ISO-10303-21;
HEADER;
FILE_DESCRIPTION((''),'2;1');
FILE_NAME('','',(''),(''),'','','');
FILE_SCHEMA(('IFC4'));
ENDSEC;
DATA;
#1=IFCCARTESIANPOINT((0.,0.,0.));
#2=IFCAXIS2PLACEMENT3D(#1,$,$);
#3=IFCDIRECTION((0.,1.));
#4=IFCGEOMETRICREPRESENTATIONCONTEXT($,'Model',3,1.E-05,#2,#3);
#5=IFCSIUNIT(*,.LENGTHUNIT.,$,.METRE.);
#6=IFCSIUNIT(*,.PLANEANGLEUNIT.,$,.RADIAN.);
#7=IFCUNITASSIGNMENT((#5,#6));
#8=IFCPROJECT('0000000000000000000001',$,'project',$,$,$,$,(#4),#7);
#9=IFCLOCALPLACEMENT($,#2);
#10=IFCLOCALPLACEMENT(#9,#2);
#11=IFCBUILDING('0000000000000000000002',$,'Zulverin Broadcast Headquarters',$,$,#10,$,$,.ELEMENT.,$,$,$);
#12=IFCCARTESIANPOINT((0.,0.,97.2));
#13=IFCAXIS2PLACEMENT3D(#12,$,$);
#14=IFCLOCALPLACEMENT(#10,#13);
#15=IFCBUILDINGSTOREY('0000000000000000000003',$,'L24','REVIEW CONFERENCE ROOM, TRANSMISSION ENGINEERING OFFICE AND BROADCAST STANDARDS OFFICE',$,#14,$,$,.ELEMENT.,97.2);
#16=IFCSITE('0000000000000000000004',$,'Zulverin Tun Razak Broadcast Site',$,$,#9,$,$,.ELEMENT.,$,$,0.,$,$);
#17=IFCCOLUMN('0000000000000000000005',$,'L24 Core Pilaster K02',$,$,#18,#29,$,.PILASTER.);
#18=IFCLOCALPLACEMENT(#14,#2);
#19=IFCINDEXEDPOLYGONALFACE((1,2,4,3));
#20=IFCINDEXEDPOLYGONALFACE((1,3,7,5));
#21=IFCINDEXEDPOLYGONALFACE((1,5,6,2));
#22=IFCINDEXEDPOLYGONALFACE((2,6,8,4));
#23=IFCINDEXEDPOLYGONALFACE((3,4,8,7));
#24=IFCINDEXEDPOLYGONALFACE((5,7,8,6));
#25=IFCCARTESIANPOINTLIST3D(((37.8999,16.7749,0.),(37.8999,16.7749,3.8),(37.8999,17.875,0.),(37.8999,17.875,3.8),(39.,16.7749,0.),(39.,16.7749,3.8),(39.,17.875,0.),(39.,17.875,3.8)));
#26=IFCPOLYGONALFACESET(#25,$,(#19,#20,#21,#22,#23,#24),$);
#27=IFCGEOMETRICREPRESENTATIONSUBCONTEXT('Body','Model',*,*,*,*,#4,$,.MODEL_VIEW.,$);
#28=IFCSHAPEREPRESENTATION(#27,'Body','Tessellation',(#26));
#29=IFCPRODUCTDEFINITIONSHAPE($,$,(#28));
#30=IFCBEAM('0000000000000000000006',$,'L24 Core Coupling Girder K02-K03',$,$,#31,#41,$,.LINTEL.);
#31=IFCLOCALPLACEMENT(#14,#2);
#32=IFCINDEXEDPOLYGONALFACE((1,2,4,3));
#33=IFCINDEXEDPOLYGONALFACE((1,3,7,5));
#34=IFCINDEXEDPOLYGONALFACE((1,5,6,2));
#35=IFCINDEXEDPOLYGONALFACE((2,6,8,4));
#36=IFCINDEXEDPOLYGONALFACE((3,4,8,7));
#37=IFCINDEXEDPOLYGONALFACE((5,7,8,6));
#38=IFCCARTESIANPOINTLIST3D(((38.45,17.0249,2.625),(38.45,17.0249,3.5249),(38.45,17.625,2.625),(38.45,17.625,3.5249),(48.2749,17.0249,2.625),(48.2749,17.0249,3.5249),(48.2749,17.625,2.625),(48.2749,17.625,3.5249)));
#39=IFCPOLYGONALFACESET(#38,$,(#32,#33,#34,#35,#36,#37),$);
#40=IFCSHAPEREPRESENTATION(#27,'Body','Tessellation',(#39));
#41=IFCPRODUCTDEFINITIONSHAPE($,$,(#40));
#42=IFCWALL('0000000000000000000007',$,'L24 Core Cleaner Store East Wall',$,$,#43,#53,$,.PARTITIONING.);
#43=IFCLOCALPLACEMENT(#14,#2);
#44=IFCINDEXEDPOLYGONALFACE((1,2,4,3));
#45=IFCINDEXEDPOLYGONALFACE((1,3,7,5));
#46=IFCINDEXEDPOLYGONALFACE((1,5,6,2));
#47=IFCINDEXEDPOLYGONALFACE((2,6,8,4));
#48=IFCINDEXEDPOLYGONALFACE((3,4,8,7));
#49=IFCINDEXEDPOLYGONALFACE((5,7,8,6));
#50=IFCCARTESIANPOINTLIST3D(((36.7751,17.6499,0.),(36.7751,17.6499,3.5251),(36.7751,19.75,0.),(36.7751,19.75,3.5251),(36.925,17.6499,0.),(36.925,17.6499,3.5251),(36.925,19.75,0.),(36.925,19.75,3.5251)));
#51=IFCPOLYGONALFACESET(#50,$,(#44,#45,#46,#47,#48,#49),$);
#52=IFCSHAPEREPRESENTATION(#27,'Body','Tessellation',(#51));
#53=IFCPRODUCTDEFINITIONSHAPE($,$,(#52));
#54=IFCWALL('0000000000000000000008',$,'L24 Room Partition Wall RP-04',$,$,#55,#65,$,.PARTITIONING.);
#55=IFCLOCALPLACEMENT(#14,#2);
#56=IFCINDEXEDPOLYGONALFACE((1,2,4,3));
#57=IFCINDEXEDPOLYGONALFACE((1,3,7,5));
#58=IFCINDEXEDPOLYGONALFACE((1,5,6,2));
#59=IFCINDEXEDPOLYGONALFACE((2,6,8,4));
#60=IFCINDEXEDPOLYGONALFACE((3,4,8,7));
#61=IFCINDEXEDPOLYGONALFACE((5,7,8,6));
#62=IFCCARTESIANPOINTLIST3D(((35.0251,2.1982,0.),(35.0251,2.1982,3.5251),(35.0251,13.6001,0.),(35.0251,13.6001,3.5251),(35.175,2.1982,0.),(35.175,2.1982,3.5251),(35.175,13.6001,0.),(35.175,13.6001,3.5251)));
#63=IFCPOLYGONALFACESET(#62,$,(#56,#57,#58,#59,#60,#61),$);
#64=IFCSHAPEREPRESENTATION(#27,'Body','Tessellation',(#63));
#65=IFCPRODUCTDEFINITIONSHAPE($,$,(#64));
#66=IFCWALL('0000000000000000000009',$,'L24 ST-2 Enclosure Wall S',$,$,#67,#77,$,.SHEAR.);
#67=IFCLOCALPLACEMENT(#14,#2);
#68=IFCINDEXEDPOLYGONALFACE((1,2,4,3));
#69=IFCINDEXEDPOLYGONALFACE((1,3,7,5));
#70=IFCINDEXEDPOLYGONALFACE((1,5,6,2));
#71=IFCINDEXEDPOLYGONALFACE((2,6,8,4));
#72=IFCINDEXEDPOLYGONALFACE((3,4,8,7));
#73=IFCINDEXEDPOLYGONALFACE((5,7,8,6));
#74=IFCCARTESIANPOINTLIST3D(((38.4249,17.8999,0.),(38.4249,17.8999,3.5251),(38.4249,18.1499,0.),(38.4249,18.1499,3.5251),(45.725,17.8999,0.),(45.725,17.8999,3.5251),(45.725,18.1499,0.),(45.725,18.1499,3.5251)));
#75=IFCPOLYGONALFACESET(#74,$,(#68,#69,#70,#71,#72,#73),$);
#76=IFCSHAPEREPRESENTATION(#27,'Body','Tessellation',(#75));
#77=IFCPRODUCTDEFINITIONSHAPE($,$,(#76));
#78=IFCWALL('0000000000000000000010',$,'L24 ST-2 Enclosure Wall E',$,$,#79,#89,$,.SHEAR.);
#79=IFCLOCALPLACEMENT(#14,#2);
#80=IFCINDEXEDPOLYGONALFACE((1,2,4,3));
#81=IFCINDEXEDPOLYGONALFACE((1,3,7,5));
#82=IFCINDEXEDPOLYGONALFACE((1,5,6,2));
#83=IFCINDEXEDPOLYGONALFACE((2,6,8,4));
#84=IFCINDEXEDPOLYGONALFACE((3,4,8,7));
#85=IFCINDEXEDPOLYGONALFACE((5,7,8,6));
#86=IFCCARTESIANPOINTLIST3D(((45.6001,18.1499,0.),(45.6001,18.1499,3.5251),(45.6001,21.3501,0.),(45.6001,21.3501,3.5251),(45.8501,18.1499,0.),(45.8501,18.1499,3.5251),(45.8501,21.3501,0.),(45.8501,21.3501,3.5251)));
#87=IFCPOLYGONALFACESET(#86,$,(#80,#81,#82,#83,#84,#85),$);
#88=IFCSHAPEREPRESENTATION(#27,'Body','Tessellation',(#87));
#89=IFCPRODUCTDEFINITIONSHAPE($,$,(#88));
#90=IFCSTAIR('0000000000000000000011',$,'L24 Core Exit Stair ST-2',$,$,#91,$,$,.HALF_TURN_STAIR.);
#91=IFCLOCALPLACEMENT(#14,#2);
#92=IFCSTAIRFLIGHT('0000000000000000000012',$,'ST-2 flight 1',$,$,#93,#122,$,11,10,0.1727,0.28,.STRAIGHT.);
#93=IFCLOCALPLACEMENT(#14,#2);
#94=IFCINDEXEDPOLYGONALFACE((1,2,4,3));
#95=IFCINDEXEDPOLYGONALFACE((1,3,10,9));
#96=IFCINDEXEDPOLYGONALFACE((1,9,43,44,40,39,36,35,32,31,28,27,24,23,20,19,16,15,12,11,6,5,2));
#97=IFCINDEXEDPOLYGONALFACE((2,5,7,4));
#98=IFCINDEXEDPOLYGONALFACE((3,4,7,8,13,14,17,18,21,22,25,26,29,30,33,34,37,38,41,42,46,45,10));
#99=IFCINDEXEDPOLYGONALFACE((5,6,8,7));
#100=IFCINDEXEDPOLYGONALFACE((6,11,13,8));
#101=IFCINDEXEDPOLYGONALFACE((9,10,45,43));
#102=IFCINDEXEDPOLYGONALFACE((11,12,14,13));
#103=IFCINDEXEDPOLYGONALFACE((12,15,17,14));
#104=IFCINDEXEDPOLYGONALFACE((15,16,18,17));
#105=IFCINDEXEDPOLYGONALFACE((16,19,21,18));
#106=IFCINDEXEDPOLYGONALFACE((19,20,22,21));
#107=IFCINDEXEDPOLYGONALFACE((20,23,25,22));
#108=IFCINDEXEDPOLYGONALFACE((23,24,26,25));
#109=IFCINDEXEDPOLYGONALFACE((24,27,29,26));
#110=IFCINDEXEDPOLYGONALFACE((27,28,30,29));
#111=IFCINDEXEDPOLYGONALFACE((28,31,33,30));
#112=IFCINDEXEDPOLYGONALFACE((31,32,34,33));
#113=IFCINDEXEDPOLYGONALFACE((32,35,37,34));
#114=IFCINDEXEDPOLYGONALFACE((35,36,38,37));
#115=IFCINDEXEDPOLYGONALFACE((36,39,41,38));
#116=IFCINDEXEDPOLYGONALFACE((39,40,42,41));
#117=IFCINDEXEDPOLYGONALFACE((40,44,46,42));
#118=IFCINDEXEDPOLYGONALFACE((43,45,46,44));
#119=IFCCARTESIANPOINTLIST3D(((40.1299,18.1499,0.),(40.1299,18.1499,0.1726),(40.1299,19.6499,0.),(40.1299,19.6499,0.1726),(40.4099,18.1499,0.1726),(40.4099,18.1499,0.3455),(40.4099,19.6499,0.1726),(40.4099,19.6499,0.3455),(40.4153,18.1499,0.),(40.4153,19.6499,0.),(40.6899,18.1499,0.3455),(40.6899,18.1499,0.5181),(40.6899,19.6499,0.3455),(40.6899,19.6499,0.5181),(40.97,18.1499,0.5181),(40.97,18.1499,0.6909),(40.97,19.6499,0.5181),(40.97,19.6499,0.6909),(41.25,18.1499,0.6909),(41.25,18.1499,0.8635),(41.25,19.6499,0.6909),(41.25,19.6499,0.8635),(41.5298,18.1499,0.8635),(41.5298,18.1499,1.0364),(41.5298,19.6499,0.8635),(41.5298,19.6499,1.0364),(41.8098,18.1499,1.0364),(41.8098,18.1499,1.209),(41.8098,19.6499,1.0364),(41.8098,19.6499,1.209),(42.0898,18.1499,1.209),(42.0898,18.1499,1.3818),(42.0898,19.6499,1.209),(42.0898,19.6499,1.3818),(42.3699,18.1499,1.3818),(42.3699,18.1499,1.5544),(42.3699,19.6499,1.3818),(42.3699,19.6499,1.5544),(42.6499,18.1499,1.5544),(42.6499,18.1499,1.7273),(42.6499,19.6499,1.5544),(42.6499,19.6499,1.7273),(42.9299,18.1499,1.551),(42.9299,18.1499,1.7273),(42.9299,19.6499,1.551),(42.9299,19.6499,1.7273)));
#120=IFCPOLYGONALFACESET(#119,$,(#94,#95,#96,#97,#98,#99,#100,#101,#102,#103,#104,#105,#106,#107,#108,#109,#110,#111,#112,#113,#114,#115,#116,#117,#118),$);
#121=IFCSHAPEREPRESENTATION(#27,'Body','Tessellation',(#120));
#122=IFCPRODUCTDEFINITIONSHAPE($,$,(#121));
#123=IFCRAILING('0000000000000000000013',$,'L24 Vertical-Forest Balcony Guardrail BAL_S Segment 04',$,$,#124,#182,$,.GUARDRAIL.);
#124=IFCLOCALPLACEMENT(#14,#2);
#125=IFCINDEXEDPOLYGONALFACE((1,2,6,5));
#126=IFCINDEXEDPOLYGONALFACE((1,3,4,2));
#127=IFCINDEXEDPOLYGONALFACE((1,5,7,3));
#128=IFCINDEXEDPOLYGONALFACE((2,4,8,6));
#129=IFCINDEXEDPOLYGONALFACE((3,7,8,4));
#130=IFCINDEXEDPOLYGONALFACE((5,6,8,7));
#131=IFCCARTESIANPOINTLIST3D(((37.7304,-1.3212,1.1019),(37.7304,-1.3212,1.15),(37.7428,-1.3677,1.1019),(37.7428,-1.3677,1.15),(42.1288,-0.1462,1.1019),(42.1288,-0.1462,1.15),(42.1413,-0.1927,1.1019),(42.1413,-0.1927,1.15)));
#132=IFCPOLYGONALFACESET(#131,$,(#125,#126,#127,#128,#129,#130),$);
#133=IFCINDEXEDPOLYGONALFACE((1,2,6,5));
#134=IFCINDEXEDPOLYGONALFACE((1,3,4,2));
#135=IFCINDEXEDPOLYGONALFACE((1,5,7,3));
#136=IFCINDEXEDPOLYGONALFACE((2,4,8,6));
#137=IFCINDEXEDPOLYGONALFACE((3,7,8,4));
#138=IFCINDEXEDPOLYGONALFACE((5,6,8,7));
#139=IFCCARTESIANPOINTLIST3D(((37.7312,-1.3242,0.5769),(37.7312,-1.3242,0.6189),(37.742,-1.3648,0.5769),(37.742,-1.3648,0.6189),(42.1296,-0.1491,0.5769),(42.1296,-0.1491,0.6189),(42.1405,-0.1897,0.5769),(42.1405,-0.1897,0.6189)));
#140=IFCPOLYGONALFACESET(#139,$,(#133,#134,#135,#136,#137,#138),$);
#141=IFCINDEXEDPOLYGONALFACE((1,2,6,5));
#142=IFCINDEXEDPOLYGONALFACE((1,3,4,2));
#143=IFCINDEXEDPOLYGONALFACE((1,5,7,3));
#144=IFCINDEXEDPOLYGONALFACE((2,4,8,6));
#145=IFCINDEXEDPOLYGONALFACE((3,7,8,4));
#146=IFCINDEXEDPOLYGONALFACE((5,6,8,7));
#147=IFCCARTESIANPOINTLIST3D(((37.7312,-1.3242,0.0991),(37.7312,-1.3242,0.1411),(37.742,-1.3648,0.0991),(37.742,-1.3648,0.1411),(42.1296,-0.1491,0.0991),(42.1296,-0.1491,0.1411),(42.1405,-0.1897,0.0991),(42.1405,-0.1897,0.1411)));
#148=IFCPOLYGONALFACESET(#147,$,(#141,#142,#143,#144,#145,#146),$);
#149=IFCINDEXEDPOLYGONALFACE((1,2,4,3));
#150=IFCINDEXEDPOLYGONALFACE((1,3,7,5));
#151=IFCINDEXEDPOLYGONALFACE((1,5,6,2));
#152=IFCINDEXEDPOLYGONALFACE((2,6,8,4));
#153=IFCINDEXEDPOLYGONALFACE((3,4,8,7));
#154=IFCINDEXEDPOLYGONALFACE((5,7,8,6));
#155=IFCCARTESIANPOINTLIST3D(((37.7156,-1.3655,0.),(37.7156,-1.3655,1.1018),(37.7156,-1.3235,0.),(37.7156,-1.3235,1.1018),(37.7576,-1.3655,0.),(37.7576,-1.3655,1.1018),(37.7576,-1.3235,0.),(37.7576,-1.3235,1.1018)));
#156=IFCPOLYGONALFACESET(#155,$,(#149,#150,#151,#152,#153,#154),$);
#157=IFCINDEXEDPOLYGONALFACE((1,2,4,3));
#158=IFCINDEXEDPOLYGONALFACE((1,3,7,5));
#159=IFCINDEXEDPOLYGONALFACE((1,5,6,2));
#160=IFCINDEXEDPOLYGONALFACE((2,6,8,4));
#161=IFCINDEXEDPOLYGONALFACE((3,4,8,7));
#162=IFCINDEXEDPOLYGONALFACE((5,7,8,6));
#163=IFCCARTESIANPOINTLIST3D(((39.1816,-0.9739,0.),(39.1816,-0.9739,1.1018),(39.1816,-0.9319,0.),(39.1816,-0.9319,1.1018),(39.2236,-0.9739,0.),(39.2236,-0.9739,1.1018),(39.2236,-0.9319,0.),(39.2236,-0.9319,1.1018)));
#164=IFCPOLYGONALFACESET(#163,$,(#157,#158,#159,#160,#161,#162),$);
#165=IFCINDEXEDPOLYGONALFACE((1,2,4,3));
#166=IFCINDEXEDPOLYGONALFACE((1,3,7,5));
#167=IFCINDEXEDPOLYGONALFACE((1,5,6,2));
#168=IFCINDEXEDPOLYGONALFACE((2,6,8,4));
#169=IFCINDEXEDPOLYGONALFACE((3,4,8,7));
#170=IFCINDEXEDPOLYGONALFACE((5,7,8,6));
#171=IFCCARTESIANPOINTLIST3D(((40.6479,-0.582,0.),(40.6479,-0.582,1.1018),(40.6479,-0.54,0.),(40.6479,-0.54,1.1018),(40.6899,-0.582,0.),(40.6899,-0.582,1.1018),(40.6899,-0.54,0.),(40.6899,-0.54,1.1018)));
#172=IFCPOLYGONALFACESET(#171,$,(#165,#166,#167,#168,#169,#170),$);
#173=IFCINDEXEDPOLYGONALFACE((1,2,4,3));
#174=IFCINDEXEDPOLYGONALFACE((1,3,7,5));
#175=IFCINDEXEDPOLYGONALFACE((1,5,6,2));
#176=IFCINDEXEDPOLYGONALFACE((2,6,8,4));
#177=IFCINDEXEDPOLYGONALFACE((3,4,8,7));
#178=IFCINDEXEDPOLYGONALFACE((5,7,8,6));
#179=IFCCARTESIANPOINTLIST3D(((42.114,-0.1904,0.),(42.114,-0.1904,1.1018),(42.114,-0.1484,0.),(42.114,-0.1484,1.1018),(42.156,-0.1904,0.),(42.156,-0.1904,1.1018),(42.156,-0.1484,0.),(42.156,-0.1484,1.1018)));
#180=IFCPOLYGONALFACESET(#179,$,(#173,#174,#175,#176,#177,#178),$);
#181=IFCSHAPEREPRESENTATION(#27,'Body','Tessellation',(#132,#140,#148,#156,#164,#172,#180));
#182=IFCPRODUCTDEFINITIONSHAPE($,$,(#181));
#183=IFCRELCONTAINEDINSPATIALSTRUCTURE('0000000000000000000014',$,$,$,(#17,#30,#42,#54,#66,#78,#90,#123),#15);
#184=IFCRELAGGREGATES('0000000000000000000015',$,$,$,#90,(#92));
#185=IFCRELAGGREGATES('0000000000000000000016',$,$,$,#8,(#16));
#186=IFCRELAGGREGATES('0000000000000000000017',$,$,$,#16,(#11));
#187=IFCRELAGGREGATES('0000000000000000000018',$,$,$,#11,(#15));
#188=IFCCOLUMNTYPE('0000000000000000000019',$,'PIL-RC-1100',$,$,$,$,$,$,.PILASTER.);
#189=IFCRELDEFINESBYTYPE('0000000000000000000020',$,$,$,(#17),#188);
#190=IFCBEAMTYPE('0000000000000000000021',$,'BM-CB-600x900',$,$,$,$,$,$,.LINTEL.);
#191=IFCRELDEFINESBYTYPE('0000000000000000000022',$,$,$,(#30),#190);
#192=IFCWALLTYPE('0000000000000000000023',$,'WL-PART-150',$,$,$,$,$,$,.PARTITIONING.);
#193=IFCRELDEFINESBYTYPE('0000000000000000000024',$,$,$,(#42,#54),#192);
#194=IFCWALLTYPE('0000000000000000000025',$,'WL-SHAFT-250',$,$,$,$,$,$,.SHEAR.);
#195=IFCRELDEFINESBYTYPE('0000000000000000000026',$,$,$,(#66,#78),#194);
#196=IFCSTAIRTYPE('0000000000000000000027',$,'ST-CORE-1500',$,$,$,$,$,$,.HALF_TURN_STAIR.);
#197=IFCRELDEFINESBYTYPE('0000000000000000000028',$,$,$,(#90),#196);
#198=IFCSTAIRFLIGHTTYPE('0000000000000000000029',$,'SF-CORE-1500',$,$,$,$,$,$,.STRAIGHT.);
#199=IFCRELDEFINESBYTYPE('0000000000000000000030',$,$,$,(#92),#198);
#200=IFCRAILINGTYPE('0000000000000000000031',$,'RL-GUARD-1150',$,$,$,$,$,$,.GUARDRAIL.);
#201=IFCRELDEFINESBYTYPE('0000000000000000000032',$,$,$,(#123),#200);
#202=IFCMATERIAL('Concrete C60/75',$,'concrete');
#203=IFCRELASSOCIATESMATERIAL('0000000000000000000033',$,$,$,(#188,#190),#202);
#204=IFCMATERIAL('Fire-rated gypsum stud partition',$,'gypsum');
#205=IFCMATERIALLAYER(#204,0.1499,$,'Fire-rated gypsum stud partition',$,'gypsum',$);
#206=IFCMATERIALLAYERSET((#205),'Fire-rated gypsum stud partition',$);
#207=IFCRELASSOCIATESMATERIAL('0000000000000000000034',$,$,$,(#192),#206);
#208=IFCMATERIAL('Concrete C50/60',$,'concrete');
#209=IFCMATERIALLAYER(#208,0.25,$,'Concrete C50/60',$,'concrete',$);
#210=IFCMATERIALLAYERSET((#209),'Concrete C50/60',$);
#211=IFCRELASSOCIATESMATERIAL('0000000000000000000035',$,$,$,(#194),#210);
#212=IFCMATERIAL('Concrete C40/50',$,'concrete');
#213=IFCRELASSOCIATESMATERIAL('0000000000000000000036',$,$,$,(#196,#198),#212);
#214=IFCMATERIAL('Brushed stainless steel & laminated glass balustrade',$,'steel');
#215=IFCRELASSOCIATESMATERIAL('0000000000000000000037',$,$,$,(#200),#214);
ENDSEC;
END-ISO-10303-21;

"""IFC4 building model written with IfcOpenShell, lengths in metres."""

from ifc_helpers import new_model, si_unit, direction, frame, frame_2d, origin, origin_2d, place, context, subcontext, project, spatial, polyline, rectangle, outline, extrude, material, layer, layer_set, material_profile, profile_set, type_object, element, aggregate, save


model = new_model("IFC4")

# Units and contexts
model_context = context("Model", 3, precision=1e-05, world=origin(), true_north=direction((0.0, 1.0)))
body_context = subcontext(model_context, "Body", "Model", "MODEL_VIEW")
ifc_project = project(units=[si_unit("LENGTHUNIT", "METRE"), si_unit("PLANEANGLEUNIT", "RADIAN")], contexts=[model_context])

# Site, building, storey
site_placement = place(None, origin())
site = spatial("IfcSite", under=ifc_project, at=site_placement, Name="Zulverin Tun Razak Broadcast Site", CompositionType="ELEMENT", RefElevation=0.0)
building_placement = place(site_placement, origin())
building = spatial("IfcBuilding", under=site, at=building_placement, Name="Zulverin Broadcast Headquarters", CompositionType="ELEMENT")
storey_placement = place(building_placement, frame((0.0, 0.0, 97.2)))
storey = spatial("IfcBuildingStorey", under=building, at=storey_placement, Name="L24", Description="REVIEW CONFERENCE ROOM, TRANSMISSION ENGINEERING OFFICE AND BROADCAST STANDARDS OFFICE", CompositionType="ELEMENT", Elevation=97.2)

# Column
ifc_material_1 = material(Name="Concrete C60/75", Category="concrete")
ifc_material_profile_1 = material_profile(ifc_material_1, rectangle(XDim=1.1001, YDim=1.1001, at=origin_2d()), Name="Concrete C60/75", Category="concrete")
ifc_profile_set_1 = profile_set([ifc_material_profile_1], Name="Concrete C60/75")
column_type = type_object("IfcColumnType", Name="PIL-RC-1100", PredefinedType="PILASTER", material=ifc_profile_set_1)
column_placement = place(storey_placement, frame((38.45, 17.325, 0.0), z_axis=(0.0, 0.0, 1.0), x_axis=(1.0, 0.0, 0.0)))
element("IfcColumn", 1, at=column_placement, inside=storey, type_object=column_type, Name="L24 Core Pilaster K02", PredefinedType="PILASTER", context=body_context, shape_type="SweptSolid", body=[
    extrude(rectangle(XDim=1.1001, YDim=1.1001, at=origin_2d()), origin(), (0.0, 0.0, 1.0), 3.8),
])

# Beam
ifc_material_profile_2 = material_profile(ifc_material_1, rectangle(XDim=0.6001, YDim=0.8999, at=origin_2d()), Name="Concrete C60/75", Category="concrete")
ifc_profile_set_2 = profile_set([ifc_material_profile_2], Name="Concrete C60/75")
beam_type = type_object("IfcBeamType", Name="BM-CB-600x900", PredefinedType="LINTEL", material=ifc_profile_set_2)
beam_placement = place(storey_placement, frame((38.45, 17.325, 3.075), z_axis=(1.0, 0.0, 0.0), x_axis=(0.0, 1.0, 0.0)))
element("IfcBeam", 2, at=beam_placement, inside=storey, type_object=beam_type, Name="L24 Core Coupling Girder K02-K03", PredefinedType="LINTEL", context=body_context, shape_type="SweptSolid", body=[
    extrude(rectangle(XDim=0.6001, YDim=0.8999, at=origin_2d()), origin(), (0.0, 0.0, 1.0), 9.825),
])

# Walls
ifc_material_2 = material(Name="Fire-rated gypsum stud partition", Category="gypsum")
ifc_layer_1 = layer(ifc_material_2, 0.1499, Name="Fire-rated gypsum stud partition", Category="gypsum")
ifc_layer_set_1 = layer_set([ifc_layer_1], Name="Fire-rated gypsum stud partition")
wall_type_1 = type_object("IfcWallType", Name="WL-PART-150", PredefinedType="PARTITIONING", material=ifc_layer_set_1)
wall_1_placement = place(storey_placement, frame((36.8501, 17.6499, 0.0), z_axis=(0.0, 0.0, 1.0), x_axis=(0.0, 1.0, 0.0)))
element("IfcWall", 3, at=wall_1_placement, inside=storey, type_object=wall_type_1, Name="L24 Core Cleaner Store East Wall", PredefinedType="PARTITIONING", context=body_context, shape_type="SweptSolid", body=[
    extrude(rectangle(XDim=2.1001, YDim=0.1499, at=frame_2d((1.05, 0.0))), origin(), (0.0, 0.0, 1.0), 3.5251),
])
wall_2_placement = place(storey_placement, frame((35.1001, 2.1982, 0.0), z_axis=(0.0, 0.0, 1.0), x_axis=(0.0, 1.0, 0.0)))
element("IfcWall", 4, at=wall_2_placement, inside=storey, type_object=wall_type_1, Name="L24 Room Partition Wall RP-04", PredefinedType="PARTITIONING", context=body_context, shape_type="SweptSolid", body=[
    extrude(rectangle(XDim=11.4019, YDim=0.1499, at=frame_2d((5.7009, 0.0))), origin(), (0.0, 0.0, 1.0), 3.5251),
])
ifc_material_3 = material(Name="Concrete C50/60", Category="concrete")
ifc_layer_2 = layer(ifc_material_3, 0.25, Name="Concrete C50/60", Category="concrete")
ifc_layer_set_2 = layer_set([ifc_layer_2], Name="Concrete C50/60")
wall_type_2 = type_object("IfcWallType", Name="WL-SHAFT-250", PredefinedType="SHEAR", material=ifc_layer_set_2)
wall_3_placement = place(storey_placement, frame((38.425, 18.0249, 0.0), z_axis=(0.0, 0.0, 1.0), x_axis=(1.0, 0.0, 0.0)))
element("IfcWall", 5, at=wall_3_placement, inside=storey, type_object=wall_type_2, Name="L24 ST-2 Enclosure Wall S", PredefinedType="SHEAR", context=body_context, shape_type="SweptSolid", body=[
    extrude(rectangle(XDim=7.3, YDim=0.25, at=frame_2d((3.6499, 0.0))), origin(), (0.0, 0.0, 1.0), 3.5251),
])

# Wall
wall_4_placement = place(storey_placement, frame((45.7251, 18.1499, 0.0), z_axis=(0.0, 0.0, 1.0), x_axis=(0.0, 1.0, 0.0)))
element("IfcWall", 6, at=wall_4_placement, inside=storey, type_object=wall_type_2, Name="L24 ST-2 Enclosure Wall E", PredefinedType="SHEAR", context=body_context, shape_type="SweptSolid", body=[
    extrude(rectangle(XDim=3.2002, YDim=0.25, at=frame_2d((1.6001, 0.0))), origin(), (0.0, 0.0, 1.0), 3.5251),
])

# Stair, stair flight
ifc_material_4 = material(Name="Concrete C40/50", Category="concrete")
stair_type = type_object("IfcStairType", Name="ST-CORE-1500", PredefinedType="HALF_TURN_STAIR", material=ifc_material_4)
stair_placement = place(storey_placement, origin())
stair = element("IfcStair", 7, at=stair_placement, inside=storey, type_object=stair_type, Name="L24 Core Exit Stair ST-2", PredefinedType="HALF_TURN_STAIR")
stair_flight_type = type_object("IfcStairFlightType", Name="SF-CORE-1500", PredefinedType="STRAIGHT", material=ifc_material_4)
stair_flight_placement = place(storey_placement, frame((40.1299, 18.8999, 0.0), z_axis=(0.0, 0.0, 1.0), x_axis=(1.0, 0.0, 0.0)))
stair_flight = element("IfcStairFlight", 8, at=stair_flight_placement, type_object=stair_flight_type, Name="ST-2 flight 1", NumberOfRisers=11, NumberOfTreads=10, PredefinedType="STRAIGHT", RiserHeight=0.1727, TreadLength=0.28, context=body_context, shape_type="SweptSolid", body=[
    extrude(outline(polyline([(0.0, 0.0), (0.0, 0.1726), (0.28, 0.1726), (0.28, 0.3455), (0.5601, 0.3455), (0.5601, 0.5181), (0.8401, 0.5181), (0.8401, 0.6909), (1.1201, 0.6909), (1.1201, 0.8635), (1.3999, 0.8635), (1.3999, 1.0364), (1.6799, 1.0364), (1.6799, 1.209), (1.96, 1.209), (1.96, 1.3818), (2.24, 1.3818), (2.24, 1.5544), (2.52, 1.5544), (2.52, 1.7273), (2.8, 1.7273), (2.8, 1.8999), (2.8, 1.551), (0.2854, 0.0), (0.0, 0.0)])), frame((0.0, 0.75, 0.0), z_axis=(0.0, -1.0, 0.0), x_axis=(1.0, 0.0, 0.0)), (0.0, 0.0, 1.0), 1.5),
])
aggregate(stair, [stair_flight])

# Railing
ifc_material_5 = material(Name="Brushed stainless steel & laminated glass balustrade", Category="steel")
railing_type_1 = type_object("IfcRailingType", Name="RL-GUARD-1150", PredefinedType="GUARDRAIL", material=ifc_material_5)
railing_1_placement = place(storey_placement, frame((37.7366, -1.3445, 0.0)))
element("IfcRailing", 9, at=railing_1_placement, inside=storey, type_object=railing_type_1, Name="L24 Vertical-Forest Balcony Guardrail BAL_S Segment 04", PredefinedType="GUARDRAIL", context=body_context, shape_type="SweptSolid", body=[
    extrude(rectangle(XDim=0.0481, YDim=0.0481, at=origin_2d()), frame((0.0, 0.0, 1.126), z_axis=(0.966118, 0.2581, 0.0), x_axis=(-0.2581, 0.966118, 0.0)), (0.0, 0.0, 1.0), 4.5527),
    extrude(rectangle(XDim=0.042, YDim=0.042, at=origin_2d()), frame((0.0, 0.0, 0.5979), z_axis=(0.966118, 0.2581, 0.0), x_axis=(-0.2581, 0.966118, 0.0)), (0.0, 0.0, 1.0), 4.5527),
    extrude(rectangle(XDim=0.042, YDim=0.042, at=origin_2d()), frame((0.0, 0.0, 0.1201), z_axis=(0.966118, 0.2581, 0.0), x_axis=(-0.2581, 0.966118, 0.0)), (0.0, 0.0, 1.0), 4.5527),
    extrude(rectangle(XDim=0.042, YDim=0.042, at=origin_2d()), origin(), (0.0, 0.0, 1.0), 1.1018),
    extrude(rectangle(XDim=0.042, YDim=0.042, at=origin_2d()), frame((1.4661, 0.3916, 0.0)), (0.0, 0.0, 1.0), 1.1018),
    extrude(rectangle(XDim=0.042, YDim=0.042, at=origin_2d()), frame((2.9324, 0.7834, 0.0)), (0.0, 0.0, 1.0), 1.1018),
    extrude(rectangle(XDim=0.042, YDim=0.042, at=origin_2d()), frame((4.3984, 1.175, 0.0)), (0.0, 0.0, 1.0), 1.1018),
])

save(model, "model.ifc")
